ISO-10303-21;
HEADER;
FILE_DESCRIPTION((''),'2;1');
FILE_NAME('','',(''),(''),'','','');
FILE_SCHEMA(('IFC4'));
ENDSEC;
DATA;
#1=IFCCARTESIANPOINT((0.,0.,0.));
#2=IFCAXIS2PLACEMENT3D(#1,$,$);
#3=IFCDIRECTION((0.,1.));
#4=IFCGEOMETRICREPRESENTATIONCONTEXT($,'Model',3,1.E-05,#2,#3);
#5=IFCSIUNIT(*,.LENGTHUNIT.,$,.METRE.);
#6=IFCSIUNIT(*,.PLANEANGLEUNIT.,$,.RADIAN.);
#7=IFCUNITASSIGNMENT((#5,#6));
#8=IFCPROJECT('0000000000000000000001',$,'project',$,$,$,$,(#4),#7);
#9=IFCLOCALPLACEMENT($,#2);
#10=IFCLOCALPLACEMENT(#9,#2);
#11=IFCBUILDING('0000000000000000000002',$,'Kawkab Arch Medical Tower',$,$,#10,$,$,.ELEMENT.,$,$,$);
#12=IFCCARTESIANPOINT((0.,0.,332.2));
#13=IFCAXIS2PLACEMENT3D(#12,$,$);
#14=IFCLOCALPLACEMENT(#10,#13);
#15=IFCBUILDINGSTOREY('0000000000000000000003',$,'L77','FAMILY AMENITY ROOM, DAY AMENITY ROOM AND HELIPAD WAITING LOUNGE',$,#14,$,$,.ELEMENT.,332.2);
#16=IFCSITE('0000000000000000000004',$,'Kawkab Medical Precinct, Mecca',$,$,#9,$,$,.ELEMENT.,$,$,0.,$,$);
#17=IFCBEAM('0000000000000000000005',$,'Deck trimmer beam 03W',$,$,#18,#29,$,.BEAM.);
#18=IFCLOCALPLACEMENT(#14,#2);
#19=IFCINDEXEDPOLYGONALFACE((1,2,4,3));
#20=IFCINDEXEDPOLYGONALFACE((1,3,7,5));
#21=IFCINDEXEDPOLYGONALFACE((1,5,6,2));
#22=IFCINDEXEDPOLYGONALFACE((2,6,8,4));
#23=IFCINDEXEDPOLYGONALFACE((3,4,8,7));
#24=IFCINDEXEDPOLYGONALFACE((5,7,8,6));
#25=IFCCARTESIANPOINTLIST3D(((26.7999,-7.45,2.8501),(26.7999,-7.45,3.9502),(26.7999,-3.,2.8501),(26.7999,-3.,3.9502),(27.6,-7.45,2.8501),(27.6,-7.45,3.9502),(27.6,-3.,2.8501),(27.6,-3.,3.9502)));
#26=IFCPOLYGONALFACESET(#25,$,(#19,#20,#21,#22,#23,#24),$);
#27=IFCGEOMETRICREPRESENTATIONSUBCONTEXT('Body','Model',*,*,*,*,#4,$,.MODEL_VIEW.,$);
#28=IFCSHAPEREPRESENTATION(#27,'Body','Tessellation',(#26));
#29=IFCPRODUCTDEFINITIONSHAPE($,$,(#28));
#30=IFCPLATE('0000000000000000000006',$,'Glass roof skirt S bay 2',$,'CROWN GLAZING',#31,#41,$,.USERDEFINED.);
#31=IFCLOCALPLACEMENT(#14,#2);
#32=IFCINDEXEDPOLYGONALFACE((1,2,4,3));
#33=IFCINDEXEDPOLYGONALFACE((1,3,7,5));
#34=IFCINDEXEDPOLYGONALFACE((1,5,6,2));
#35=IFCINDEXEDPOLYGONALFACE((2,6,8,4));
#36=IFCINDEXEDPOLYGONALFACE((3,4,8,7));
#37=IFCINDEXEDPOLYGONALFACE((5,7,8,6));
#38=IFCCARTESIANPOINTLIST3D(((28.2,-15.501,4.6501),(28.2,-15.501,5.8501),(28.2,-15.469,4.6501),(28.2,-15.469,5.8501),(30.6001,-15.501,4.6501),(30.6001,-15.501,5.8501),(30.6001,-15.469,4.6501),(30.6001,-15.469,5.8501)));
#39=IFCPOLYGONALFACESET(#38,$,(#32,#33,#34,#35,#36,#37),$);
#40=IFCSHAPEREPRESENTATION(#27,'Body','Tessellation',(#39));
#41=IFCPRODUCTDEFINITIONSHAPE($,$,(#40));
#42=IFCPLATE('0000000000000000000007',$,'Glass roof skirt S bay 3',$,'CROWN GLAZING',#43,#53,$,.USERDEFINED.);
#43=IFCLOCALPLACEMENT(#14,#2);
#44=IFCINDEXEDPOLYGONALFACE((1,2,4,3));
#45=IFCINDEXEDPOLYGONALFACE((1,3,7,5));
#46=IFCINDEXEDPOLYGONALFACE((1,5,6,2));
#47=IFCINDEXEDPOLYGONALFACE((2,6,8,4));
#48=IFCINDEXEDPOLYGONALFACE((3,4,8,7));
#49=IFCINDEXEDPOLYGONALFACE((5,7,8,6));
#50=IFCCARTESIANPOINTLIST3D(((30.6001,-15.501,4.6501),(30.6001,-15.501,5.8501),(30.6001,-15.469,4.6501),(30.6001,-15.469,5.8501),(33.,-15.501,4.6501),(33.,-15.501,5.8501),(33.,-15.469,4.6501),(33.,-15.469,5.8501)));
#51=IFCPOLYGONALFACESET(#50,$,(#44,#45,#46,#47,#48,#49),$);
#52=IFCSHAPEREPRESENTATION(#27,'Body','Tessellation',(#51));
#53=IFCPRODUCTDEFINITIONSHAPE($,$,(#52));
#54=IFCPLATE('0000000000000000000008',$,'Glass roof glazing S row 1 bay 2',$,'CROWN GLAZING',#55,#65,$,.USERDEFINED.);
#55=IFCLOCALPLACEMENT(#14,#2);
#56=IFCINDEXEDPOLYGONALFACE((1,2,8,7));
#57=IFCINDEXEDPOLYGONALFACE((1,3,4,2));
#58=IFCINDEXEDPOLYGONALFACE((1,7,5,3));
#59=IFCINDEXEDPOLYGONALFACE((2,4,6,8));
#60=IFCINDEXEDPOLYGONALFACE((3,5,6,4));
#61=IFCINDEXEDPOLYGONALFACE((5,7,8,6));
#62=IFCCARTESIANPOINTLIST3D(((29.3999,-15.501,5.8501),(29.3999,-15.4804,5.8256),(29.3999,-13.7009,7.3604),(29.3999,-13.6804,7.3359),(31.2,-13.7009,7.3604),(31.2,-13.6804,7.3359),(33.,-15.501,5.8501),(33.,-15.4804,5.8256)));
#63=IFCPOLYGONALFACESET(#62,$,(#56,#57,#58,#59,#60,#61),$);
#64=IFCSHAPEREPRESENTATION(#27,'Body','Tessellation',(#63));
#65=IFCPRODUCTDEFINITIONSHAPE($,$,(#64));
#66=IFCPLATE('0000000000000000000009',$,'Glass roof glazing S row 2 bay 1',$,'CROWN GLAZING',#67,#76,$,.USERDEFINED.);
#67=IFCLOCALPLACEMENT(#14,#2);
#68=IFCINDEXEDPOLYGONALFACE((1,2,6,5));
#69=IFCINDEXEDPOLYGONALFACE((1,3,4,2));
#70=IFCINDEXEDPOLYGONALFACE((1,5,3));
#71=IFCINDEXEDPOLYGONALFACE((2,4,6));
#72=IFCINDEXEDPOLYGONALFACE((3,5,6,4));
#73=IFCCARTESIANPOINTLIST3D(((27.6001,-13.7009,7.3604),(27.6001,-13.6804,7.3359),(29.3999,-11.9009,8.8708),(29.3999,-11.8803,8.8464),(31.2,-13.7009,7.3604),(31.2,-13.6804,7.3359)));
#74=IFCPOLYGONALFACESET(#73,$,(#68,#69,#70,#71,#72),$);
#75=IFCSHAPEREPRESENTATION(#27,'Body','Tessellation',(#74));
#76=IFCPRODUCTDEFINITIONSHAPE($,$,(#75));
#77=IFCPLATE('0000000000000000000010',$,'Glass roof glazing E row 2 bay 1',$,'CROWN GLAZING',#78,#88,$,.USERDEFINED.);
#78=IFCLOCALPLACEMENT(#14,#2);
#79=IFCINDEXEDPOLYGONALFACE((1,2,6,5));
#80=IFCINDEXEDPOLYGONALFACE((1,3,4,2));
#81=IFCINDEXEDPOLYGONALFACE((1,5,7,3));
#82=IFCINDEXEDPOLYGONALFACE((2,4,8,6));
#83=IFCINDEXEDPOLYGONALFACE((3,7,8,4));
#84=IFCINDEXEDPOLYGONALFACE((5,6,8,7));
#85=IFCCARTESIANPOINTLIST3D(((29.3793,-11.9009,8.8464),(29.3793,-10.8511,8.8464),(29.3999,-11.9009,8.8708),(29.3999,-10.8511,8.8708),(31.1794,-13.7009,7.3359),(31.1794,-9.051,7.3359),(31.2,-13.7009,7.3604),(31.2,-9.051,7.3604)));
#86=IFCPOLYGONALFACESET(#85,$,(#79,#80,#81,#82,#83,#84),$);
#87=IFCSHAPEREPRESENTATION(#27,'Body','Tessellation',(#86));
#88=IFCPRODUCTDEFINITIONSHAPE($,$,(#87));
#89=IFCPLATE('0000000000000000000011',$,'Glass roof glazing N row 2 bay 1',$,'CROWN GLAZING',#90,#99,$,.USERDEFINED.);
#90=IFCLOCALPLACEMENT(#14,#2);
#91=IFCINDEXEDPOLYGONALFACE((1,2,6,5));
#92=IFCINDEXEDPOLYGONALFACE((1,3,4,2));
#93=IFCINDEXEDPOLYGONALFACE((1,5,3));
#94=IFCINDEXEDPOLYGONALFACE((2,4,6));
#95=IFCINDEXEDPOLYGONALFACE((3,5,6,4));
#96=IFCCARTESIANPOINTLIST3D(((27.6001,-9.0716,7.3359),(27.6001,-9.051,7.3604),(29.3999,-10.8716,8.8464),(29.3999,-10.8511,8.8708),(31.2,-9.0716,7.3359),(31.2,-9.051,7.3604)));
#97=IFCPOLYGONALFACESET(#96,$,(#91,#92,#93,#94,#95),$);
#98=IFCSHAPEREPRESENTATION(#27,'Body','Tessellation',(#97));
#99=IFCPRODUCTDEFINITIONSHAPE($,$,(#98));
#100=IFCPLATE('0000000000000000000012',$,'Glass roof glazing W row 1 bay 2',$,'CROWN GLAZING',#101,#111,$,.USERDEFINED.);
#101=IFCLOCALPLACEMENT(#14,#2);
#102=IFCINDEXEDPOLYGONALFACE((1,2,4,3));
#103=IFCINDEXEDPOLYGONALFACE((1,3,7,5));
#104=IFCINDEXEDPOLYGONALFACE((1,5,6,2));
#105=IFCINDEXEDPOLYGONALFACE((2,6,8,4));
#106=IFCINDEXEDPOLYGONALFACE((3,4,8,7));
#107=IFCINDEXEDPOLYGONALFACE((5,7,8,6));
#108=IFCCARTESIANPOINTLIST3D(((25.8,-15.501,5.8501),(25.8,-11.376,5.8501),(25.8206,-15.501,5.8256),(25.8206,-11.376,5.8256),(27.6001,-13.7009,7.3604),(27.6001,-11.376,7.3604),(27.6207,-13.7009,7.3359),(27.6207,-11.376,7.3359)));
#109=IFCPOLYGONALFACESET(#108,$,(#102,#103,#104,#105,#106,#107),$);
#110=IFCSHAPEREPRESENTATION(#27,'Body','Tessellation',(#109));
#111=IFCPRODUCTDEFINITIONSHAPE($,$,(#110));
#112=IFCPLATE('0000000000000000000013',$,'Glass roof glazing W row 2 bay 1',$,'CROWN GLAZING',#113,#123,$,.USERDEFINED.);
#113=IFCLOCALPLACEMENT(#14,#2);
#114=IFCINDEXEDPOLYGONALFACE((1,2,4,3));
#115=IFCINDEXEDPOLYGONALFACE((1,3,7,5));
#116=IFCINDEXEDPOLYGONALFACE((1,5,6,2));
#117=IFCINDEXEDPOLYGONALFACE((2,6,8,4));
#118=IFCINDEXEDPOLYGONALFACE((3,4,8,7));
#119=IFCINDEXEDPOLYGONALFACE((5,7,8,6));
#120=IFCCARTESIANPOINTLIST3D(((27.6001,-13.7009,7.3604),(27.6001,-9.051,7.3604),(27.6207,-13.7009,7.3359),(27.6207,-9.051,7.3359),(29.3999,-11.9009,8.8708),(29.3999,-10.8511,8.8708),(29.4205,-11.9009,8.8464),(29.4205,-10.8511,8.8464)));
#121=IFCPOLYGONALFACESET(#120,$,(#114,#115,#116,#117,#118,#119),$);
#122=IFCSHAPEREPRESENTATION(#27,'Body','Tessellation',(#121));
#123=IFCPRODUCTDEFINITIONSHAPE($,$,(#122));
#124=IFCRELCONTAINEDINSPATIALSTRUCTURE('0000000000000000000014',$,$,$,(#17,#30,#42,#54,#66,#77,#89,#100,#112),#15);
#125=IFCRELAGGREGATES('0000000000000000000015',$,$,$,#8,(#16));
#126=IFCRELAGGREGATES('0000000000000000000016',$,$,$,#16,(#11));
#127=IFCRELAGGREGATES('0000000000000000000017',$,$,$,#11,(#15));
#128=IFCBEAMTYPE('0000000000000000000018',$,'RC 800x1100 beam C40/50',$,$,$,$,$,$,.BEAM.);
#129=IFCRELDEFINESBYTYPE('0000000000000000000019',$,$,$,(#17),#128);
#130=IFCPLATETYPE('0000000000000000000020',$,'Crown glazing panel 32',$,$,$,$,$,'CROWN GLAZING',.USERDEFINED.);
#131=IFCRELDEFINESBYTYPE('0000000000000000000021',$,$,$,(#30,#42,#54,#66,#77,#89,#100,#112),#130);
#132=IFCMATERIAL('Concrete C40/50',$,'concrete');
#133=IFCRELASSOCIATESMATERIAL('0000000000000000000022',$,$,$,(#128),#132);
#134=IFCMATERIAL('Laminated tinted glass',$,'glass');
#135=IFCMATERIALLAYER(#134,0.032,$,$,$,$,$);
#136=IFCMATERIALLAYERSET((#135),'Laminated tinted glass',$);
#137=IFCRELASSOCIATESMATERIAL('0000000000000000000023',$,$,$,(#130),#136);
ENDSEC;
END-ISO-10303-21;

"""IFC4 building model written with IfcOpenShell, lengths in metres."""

from ifc_helpers import new_model, si_unit, direction, frame, origin, origin_2d, place, context, subcontext, project, spatial, polyline, rectangle, outline, extrude, material, layer, layer_set, material_profile, profile_set, type_object, element, save


model = new_model("IFC4")

# Units and contexts
model_context = context("Model", 3, precision=1e-05, world=origin(), true_north=direction((0.0, 1.0)))
body_context = subcontext(model_context, "Body", "Model", "MODEL_VIEW")
ifc_project = project(units=[si_unit("LENGTHUNIT", "METRE"), si_unit("PLANEANGLEUNIT", "RADIAN")], contexts=[model_context])

# Site, building, storey
site_placement = place(None, origin())
site = spatial("IfcSite", under=ifc_project, at=site_placement, Name="Kawkab Medical Precinct, Mecca", CompositionType="ELEMENT", RefElevation=0.0)
building_placement = place(site_placement, origin())
building = spatial("IfcBuilding", under=site, at=building_placement, Name="Kawkab Arch Medical Tower", CompositionType="ELEMENT")
storey_placement = place(building_placement, frame((0.0, 0.0, 332.2)))
storey = spatial("IfcBuildingStorey", under=building, at=storey_placement, Name="L77", Description="FAMILY AMENITY ROOM, DAY AMENITY ROOM AND HELIPAD WAITING LOUNGE", CompositionType="ELEMENT", Elevation=332.2)

# Beam
ifc_material_1 = material(Name="Concrete C40/50", Category="concrete")
ifc_material_profile = material_profile(ifc_material_1, rectangle(XDim=0.8, YDim=1.1001, at=origin_2d()), Name="RC 800x1100")
ifc_profile_set = profile_set([ifc_material_profile], Name="Concrete C40/50")
beam_type = type_object("IfcBeamType", Name="RC 800x1100 beam C40/50", PredefinedType="BEAM", material=ifc_profile_set)
beam_placement = place(storey_placement, frame((27.2, -7.45, 3.4001), z_axis=(0.0, 1.0, 0.0), x_axis=(-1.0, 0.0, 0.0)))
element("IfcBeam", 1, at=beam_placement, inside=storey, type_object=beam_type, Name="Deck trimmer beam 03W", PredefinedType="BEAM", context=body_context, shape_type="SweptSolid", body=[
    extrude(rectangle(XDim=0.8, YDim=1.1001, at=origin_2d()), origin(), (0.0, 0.0, 1.0), 4.45),
])

# Plates
ifc_material_2 = material(Name="Laminated tinted glass", Category="glass")
ifc_layer_1 = layer(ifc_material_2, 0.032)
ifc_layer_set_1 = layer_set([ifc_layer_1], Name="Laminated tinted glass")
plate_type = type_object("IfcPlateType", Name="Crown glazing panel 32", ElementType="CROWN GLAZING", PredefinedType="USERDEFINED", material=ifc_layer_set_1)
plate_1_placement = place(storey_placement, frame((28.2, -15.501, 4.6501), z_axis=(0.0, -1.0, 0.0), x_axis=(1.0, 0.0, 0.0)))
element("IfcPlate", 2, at=plate_1_placement, inside=storey, type_object=plate_type, Name="Glass roof skirt S bay 2", ObjectType="CROWN GLAZING", PredefinedType="USERDEFINED", context=body_context, shape_type="SweptSolid", body=[
    extrude(outline(polyline([(0.0, 0.0), (2.4001, 0.0), (2.4001, 1.2), (0.0, 1.2), (0.0, 0.0)])), origin(), (0.0, 0.0, -1.0), 0.032),
])
plate_2_placement = place(storey_placement, frame((30.6001, -15.501, 4.6501), z_axis=(0.0, -1.0, 0.0), x_axis=(1.0, 0.0, 0.0)))
element("IfcPlate", 3, at=plate_2_placement, inside=storey, type_object=plate_type, Name="Glass roof skirt S bay 3", ObjectType="CROWN GLAZING", PredefinedType="USERDEFINED", context=body_context, shape_type="SweptSolid", body=[
    extrude(outline(polyline([(0.0, 0.0), (2.3999, 0.0), (2.3999, 1.2), (0.0, 1.2), (0.0, 0.0)])), origin(), (0.0, 0.0, -1.0), 0.032),
])
plate_3_placement = place(storey_placement, frame((29.3999, -15.501, 5.8501), z_axis=(0.0, -0.642746, 0.766079), x_axis=(1.0, 0.0, 0.0)))
element("IfcPlate", 4, at=plate_3_placement, inside=storey, type_object=plate_type, Name="Glass roof glazing S row 1 bay 2", ObjectType="CROWN GLAZING", PredefinedType="USERDEFINED", context=body_context, shape_type="SweptSolid", body=[
    extrude(outline(polyline([(0.0, 0.0), (3.6001, 0.0), (1.8, 2.3497), (0.0, 2.3497), (0.0, 0.0)])), origin(), (0.0, 0.0, -1.0), 0.032),
])
plate_4_placement = place(storey_placement, frame((27.6001, -13.7009, 7.3604), z_axis=(0.0, -0.642807, 0.766028), x_axis=(1.0, 0.0, 0.0)))
element("IfcPlate", 5, at=plate_4_placement, inside=storey, type_object=plate_type, Name="Glass roof glazing S row 2 bay 1", ObjectType="CROWN GLAZING", PredefinedType="USERDEFINED", context=body_context, shape_type="SweptSolid", body=[
    extrude(outline(polyline([(0.0, 0.0), (3.5999, 0.0), (1.7998, 2.3498), (0.0, 0.0)])), origin(), (0.0, 0.0, -1.0), 0.032),
])
plate_5_placement = place(storey_placement, frame((31.2, -13.7009, 7.3604), z_axis=(0.642807, 0.0, 0.766028), x_axis=(0.0, 1.0, 0.0)))
element("IfcPlate", 6, at=plate_5_placement, inside=storey, type_object=plate_type, Name="Glass roof glazing E row 2 bay 1", ObjectType="CROWN GLAZING", PredefinedType="USERDEFINED", context=body_context, shape_type="SweptSolid", body=[
    extrude(outline(polyline([(0.0, 0.0), (4.6499, 0.0), (2.8499, 2.3498), (1.8, 2.3498), (0.0, 0.0)])), origin(), (0.0, 0.0, -1.0), 0.032),
])
plate_6_placement = place(storey_placement, frame((31.2, -9.051, 7.3604), z_axis=(0.0, 0.642807, 0.766028), x_axis=(-1.0, 0.0, 0.0)))
element("IfcPlate", 7, at=plate_6_placement, inside=storey, type_object=plate_type, Name="Glass roof glazing N row 2 bay 1", ObjectType="CROWN GLAZING", PredefinedType="USERDEFINED", context=body_context, shape_type="SweptSolid", body=[
    extrude(outline(polyline([(0.0, 0.0), (3.5999, 0.0), (1.8, 2.3498), (0.0, 0.0)])), origin(), (0.0, 0.0, -1.0), 0.032),
])
plate_7_placement = place(storey_placement, frame((25.8, -11.376, 5.8501), z_axis=(-0.642746, 0.0, 0.766079), x_axis=(0.0, -1.0, 0.0)))
element("IfcPlate", 8, at=plate_7_placement, inside=storey, type_object=plate_type, Name="Glass roof glazing W row 1 bay 2", ObjectType="CROWN GLAZING", PredefinedType="USERDEFINED", context=body_context, shape_type="SweptSolid", body=[
    extrude(outline(polyline([(0.0, 0.0), (4.125, 0.0), (2.325, 2.3497), (0.0, 2.3497), (0.0, 0.0)])), origin(), (0.0, 0.0, -1.0), 0.032),
])
plate_8_placement = place(storey_placement, frame((27.6001, -9.051, 7.3604), z_axis=(-0.642858, 0.0, 0.765985), x_axis=(0.0, -1.0, 0.0)))
element("IfcPlate", 9, at=plate_8_placement, inside=storey, type_object=plate_type, Name="Glass roof glazing W row 2 bay 1", ObjectType="CROWN GLAZING", PredefinedType="USERDEFINED", context=body_context, shape_type="SweptSolid", body=[
    extrude(outline(polyline([(0.0, 0.0), (4.6499, 0.0), (2.8499, 2.3497), (1.8, 2.3497), (0.0, 0.0)])), origin(), (0.0, 0.0, -1.0), 0.032),
])

save(model, "model.ifc")
